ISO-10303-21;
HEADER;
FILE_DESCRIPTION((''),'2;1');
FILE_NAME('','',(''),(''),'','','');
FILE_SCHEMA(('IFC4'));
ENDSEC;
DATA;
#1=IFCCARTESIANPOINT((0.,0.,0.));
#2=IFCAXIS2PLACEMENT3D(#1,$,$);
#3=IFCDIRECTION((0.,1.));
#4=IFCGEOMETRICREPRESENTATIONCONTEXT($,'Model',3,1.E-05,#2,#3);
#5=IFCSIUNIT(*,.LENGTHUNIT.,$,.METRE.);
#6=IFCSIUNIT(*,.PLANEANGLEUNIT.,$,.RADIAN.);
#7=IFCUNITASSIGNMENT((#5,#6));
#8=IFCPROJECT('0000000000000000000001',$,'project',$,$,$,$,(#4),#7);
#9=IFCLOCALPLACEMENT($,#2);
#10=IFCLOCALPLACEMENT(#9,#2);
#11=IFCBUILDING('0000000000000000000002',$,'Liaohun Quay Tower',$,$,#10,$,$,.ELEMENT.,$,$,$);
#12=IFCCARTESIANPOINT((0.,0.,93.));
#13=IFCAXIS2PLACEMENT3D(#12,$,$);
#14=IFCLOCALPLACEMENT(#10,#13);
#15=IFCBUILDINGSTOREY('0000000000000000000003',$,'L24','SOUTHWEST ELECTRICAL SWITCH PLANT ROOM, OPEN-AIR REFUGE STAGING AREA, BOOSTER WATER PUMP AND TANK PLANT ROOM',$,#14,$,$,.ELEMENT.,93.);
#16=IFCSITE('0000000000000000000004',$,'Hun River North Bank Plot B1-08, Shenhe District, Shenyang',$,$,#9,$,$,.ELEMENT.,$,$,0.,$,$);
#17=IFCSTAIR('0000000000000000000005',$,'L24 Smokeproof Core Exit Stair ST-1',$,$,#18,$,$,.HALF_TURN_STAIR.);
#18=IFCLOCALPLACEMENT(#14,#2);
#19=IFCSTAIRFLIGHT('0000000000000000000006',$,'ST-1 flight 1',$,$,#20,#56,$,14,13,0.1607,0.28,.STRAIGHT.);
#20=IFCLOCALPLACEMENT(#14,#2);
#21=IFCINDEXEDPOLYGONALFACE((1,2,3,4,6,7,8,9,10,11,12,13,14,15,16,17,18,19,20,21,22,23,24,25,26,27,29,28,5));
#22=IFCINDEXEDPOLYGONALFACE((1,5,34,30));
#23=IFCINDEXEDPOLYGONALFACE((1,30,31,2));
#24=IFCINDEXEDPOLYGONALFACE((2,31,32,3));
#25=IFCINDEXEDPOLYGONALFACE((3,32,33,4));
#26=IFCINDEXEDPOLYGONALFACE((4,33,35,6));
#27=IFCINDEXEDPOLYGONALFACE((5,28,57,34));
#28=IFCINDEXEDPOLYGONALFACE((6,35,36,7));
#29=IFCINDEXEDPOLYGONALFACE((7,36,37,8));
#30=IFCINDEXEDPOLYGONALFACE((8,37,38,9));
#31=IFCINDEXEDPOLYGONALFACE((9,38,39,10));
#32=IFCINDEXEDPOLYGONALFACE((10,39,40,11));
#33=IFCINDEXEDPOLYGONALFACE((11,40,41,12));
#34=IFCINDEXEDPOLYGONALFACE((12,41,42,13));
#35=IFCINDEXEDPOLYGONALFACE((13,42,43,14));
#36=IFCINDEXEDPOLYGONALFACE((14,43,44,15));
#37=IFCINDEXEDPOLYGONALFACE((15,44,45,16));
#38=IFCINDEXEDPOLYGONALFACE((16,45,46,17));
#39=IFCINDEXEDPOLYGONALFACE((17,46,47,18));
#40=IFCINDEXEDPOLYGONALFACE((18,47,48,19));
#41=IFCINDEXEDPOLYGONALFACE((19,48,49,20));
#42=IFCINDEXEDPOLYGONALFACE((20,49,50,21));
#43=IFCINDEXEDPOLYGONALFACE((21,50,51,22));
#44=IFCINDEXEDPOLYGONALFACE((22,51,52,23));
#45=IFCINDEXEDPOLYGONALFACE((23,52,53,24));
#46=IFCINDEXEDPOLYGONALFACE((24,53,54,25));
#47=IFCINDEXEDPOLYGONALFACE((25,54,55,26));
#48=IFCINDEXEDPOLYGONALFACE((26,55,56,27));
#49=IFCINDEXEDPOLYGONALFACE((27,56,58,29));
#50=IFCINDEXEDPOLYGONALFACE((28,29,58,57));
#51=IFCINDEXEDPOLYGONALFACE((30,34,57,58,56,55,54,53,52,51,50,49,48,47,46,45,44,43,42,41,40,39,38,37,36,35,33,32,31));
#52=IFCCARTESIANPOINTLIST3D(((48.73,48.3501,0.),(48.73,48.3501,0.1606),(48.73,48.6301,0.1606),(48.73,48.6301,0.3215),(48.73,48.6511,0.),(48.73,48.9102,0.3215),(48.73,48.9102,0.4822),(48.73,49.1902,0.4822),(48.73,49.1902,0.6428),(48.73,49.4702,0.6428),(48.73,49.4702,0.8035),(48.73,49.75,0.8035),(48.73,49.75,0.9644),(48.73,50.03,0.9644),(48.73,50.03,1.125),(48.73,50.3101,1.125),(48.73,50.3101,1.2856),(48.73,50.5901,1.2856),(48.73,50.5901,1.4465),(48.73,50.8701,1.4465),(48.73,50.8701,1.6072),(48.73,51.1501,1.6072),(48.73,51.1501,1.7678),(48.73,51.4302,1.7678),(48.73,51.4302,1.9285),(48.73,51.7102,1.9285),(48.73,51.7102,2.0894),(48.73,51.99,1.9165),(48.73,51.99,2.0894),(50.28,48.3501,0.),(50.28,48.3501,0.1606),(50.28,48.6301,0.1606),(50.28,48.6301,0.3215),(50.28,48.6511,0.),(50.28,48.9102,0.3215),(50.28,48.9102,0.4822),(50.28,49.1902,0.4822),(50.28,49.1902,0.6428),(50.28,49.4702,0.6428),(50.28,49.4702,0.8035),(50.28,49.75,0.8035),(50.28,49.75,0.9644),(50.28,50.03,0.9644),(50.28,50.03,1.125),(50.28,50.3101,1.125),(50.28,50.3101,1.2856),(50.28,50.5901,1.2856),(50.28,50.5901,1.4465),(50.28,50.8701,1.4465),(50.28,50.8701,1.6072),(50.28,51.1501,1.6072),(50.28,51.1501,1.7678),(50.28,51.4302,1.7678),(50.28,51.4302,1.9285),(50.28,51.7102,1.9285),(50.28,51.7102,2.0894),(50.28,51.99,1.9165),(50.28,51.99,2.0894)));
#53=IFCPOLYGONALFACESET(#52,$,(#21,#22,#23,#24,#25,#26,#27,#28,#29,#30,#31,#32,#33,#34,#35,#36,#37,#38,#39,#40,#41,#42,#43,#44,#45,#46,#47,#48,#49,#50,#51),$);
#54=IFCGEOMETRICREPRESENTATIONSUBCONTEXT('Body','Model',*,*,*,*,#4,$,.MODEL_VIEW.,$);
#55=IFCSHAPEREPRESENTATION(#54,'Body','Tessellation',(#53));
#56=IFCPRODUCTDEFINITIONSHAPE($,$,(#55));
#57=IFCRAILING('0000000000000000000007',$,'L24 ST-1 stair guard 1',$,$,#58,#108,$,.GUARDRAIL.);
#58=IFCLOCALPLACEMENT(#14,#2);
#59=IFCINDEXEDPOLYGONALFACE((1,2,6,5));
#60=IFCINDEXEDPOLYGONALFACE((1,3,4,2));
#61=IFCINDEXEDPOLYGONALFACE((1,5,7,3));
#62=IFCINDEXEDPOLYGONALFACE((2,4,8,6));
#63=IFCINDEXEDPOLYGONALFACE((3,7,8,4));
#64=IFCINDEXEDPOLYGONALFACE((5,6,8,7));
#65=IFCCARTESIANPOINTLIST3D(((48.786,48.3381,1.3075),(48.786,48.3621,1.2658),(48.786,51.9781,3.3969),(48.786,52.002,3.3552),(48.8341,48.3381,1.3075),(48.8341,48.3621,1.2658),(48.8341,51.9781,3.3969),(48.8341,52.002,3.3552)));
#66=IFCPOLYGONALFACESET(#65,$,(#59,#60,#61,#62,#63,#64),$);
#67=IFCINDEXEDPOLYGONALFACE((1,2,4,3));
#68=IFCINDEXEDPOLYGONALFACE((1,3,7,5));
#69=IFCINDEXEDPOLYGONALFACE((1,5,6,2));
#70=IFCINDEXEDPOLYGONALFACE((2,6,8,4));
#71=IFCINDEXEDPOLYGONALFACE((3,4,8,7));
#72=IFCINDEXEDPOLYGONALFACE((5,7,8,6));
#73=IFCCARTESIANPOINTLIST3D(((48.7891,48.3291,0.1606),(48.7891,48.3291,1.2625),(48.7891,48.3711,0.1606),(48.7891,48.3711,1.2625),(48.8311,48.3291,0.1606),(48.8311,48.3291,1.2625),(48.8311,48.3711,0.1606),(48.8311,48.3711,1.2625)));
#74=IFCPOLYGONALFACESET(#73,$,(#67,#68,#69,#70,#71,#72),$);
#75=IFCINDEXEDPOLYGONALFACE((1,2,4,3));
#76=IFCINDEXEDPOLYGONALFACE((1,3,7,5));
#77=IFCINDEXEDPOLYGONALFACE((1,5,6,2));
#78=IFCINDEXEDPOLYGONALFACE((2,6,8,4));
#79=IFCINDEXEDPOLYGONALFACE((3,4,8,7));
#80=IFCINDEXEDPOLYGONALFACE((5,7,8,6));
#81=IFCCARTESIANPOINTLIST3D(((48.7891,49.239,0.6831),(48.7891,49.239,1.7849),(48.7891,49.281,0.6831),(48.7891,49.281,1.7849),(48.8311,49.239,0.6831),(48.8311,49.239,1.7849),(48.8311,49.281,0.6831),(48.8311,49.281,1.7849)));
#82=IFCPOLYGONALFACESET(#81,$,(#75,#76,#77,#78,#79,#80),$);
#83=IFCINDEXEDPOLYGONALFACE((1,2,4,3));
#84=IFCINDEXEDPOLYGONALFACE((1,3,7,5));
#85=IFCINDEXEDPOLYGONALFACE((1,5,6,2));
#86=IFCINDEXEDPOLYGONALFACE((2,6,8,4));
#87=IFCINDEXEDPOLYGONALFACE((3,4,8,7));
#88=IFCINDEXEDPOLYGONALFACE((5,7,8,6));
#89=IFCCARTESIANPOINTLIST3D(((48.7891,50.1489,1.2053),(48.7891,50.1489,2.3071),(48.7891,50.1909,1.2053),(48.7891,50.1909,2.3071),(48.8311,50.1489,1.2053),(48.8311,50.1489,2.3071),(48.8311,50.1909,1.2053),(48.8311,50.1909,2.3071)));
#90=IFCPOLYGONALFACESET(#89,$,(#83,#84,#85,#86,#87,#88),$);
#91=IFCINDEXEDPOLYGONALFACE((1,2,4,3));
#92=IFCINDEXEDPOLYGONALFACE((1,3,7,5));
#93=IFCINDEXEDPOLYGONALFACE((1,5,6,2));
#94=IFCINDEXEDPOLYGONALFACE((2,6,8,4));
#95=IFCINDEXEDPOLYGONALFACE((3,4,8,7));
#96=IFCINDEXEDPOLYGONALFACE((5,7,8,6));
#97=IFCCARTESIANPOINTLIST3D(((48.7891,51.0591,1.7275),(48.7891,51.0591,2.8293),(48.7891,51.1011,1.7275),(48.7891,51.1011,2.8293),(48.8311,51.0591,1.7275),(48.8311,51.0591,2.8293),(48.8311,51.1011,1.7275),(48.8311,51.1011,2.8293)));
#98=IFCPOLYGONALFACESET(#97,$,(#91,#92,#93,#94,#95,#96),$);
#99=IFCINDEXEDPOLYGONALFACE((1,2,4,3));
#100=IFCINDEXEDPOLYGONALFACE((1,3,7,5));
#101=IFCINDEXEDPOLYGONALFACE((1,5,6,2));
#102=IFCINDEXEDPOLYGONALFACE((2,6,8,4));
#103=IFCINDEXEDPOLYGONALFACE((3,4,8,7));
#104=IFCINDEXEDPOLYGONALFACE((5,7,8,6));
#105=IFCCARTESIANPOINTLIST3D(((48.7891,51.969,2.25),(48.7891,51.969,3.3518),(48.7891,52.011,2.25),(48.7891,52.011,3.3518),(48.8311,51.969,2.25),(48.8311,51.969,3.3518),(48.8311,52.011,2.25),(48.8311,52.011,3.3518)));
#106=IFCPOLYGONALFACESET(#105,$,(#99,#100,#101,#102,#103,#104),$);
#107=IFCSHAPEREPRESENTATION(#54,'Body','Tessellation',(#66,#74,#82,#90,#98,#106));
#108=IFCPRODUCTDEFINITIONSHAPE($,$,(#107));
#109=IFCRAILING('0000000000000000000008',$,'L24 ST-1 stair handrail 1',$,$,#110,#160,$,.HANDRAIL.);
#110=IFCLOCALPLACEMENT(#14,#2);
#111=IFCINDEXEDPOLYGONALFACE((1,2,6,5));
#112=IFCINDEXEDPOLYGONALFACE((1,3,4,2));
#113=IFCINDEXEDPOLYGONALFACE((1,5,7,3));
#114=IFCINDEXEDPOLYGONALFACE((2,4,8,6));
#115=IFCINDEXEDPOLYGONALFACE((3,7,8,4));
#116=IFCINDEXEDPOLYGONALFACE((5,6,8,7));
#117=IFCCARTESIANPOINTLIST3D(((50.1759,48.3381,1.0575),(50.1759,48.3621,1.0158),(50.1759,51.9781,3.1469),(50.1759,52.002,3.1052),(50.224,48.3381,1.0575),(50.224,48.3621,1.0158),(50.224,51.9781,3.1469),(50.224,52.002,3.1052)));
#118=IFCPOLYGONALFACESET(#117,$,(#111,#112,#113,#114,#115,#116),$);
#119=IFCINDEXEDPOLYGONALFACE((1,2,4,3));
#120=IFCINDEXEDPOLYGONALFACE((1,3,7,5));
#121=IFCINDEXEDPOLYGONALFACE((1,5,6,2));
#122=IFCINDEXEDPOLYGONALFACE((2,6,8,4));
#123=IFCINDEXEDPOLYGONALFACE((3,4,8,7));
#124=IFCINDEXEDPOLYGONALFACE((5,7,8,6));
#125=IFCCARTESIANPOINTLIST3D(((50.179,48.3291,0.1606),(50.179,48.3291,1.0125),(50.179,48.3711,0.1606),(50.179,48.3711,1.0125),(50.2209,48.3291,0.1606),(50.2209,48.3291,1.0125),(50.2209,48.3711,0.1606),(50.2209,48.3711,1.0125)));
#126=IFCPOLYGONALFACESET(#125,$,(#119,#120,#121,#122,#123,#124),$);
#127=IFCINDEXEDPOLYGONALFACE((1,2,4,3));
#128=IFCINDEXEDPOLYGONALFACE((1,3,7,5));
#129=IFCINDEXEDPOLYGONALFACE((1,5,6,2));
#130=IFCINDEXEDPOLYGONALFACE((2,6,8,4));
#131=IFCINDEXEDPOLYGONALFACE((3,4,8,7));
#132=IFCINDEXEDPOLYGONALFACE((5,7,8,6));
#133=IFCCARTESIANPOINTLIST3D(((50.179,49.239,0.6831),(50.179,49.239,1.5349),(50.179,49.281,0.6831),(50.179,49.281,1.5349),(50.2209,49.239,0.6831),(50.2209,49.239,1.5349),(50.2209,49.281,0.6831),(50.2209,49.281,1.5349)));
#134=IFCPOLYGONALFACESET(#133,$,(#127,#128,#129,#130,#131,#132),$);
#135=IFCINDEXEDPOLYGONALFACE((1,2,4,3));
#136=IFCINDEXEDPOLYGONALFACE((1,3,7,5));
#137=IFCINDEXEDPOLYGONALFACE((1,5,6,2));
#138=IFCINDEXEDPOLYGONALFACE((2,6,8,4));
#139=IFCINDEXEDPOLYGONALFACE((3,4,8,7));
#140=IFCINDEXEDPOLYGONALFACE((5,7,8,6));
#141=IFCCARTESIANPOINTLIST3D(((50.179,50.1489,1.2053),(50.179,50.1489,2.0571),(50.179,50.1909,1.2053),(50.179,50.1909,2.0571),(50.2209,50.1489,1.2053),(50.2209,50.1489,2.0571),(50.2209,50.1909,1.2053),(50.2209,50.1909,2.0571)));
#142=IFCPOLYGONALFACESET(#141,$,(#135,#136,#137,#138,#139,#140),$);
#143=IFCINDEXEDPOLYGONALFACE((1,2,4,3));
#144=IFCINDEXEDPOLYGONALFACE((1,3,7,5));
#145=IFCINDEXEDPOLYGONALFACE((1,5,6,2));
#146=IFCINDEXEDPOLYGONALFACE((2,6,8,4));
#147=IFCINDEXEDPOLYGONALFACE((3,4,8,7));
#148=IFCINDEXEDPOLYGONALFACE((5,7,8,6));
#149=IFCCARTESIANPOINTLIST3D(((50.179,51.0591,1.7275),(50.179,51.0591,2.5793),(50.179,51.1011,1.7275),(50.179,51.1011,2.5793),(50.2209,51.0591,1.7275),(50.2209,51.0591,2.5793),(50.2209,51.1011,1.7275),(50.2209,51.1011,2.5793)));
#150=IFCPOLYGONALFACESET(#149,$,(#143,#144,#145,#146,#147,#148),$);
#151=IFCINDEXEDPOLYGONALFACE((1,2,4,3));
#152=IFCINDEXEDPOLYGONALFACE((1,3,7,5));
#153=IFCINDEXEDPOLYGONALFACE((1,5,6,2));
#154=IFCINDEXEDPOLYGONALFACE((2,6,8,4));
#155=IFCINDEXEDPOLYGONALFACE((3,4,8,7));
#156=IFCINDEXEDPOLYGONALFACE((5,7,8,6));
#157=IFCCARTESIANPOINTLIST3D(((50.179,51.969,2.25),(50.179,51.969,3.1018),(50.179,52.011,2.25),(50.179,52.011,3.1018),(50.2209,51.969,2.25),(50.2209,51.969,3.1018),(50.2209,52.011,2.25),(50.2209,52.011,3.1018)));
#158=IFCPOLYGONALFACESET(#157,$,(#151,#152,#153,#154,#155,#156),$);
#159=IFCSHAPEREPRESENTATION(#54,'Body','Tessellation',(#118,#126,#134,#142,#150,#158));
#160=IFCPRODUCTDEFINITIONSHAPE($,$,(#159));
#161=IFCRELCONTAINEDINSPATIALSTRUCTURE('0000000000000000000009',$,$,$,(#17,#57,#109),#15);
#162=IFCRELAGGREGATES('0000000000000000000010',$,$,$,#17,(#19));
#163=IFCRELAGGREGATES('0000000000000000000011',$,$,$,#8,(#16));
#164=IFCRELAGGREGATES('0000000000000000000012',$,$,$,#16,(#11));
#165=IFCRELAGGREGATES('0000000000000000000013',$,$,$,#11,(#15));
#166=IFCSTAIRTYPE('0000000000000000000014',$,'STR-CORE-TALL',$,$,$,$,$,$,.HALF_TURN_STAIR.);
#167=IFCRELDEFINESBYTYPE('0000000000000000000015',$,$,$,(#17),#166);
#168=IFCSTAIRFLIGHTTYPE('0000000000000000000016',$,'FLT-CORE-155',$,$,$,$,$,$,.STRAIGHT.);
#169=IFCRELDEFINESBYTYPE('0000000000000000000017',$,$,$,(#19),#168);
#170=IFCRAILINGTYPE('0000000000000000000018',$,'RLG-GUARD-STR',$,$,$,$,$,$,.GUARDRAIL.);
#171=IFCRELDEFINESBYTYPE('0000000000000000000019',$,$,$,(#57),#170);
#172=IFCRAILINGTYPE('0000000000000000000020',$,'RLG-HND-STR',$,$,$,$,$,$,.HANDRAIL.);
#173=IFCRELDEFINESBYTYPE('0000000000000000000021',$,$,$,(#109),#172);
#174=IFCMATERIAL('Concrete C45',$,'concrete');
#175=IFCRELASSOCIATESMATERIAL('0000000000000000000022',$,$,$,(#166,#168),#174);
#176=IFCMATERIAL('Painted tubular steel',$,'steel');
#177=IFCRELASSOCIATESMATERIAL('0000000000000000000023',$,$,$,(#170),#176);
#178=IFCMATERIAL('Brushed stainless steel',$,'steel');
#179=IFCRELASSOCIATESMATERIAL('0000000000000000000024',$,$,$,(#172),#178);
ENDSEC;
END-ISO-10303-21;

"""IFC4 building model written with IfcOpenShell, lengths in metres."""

from ifc_helpers import new_model, si_unit, direction, frame, origin, origin_2d, place, context, subcontext, project, spatial, polyline, rectangle, outline, extrude, material, type_object, element, aggregate, save


model = new_model("IFC4")

# Units and contexts
model_context = context("Model", 3, precision=1e-05, world=origin(), true_north=direction((0.0, 1.0)))
body_context = subcontext(model_context, "Body", "Model", "MODEL_VIEW")
ifc_project = project(units=[si_unit("LENGTHUNIT", "METRE"), si_unit("PLANEANGLEUNIT", "RADIAN")], contexts=[model_context])

# Site, building, storey
site_placement = place(None, origin())
site = spatial("IfcSite", under=ifc_project, at=site_placement, Name="Hun River North Bank Plot B1-08, Shenhe District, Shenyang", CompositionType="ELEMENT", RefElevation=0.0)
building_placement = place(site_placement, origin())
building = spatial("IfcBuilding", under=site, at=building_placement, Name="Liaohun Quay Tower", CompositionType="ELEMENT")
storey_placement = place(building_placement, frame((0.0, 0.0, 93.0)))
storey = spatial("IfcBuildingStorey", under=building, at=storey_placement, Name="L24", Description="SOUTHWEST ELECTRICAL SWITCH PLANT ROOM, OPEN-AIR REFUGE STAGING AREA, BOOSTER WATER PUMP AND TANK PLANT ROOM", CompositionType="ELEMENT", Elevation=93.0)

# Stair, stair flight
ifc_material_1 = material(Name="Concrete C45", Category="concrete")
stair_type = type_object("IfcStairType", Name="STR-CORE-TALL", PredefinedType="HALF_TURN_STAIR", material=ifc_material_1)
stair_placement = place(storey_placement, origin())
stair = element("IfcStair", 1, at=stair_placement, inside=storey, type_object=stair_type, Name="L24 Smokeproof Core Exit Stair ST-1", PredefinedType="HALF_TURN_STAIR")
stair_flight_type = type_object("IfcStairFlightType", Name="FLT-CORE-155", PredefinedType="STRAIGHT", material=ifc_material_1)
stair_flight_placement = place(storey_placement, frame((49.5049, 48.3501, 0.0), z_axis=(0.0, 0.0, 1.0), x_axis=(0.0, 1.0, 0.0)))
stair_flight = element("IfcStairFlight", 2, at=stair_flight_placement, type_object=stair_flight_type, Name="ST-1 flight 1", NumberOfRisers=14, NumberOfTreads=13, PredefinedType="STRAIGHT", RiserHeight=0.1607, TreadLength=0.28, context=body_context, shape_type="SweptSolid", body=[
    extrude(outline(polyline([(0.0, 0.0), (0.0, 0.1606), (0.28, 0.1606), (0.28, 0.3215), (0.5601, 0.3215), (0.5601, 0.4822), (0.8401, 0.4822), (0.8401, 0.6428), (1.1201, 0.6428), (1.1201, 0.8035), (1.3999, 0.8035), (1.3999, 0.9644), (1.6799, 0.9644), (1.6799, 1.125), (1.96, 1.125), (1.96, 1.2856), (2.24, 1.2856), (2.24, 1.4465), (2.52, 1.4465), (2.52, 1.6072), (2.8, 1.6072), (2.8, 1.7678), (3.0801, 1.7678), (3.0801, 1.9285), (3.3601, 1.9285), (3.3601, 2.0894), (3.6399, 2.0894), (3.6399, 2.25), (3.6399, 1.9165), (0.301, 0.0), (0.0, 0.0)])), frame((0.0, 0.7749, 0.0), z_axis=(0.0, -1.0, 0.0), x_axis=(1.0, 0.0, 0.0)), (0.0, 0.0, 1.0), 1.55),
])
aggregate(stair, [stair_flight])

# Railings
ifc_material_2 = material(Name="Painted tubular steel", Category="steel")
railing_type_1 = type_object("IfcRailingType", Name="RLG-GUARD-STR", PredefinedType="GUARDRAIL", material=ifc_material_2)
railing_1_placement = place(storey_placement, frame((48.8101, 48.3501, 0.1606)))
element("IfcRailing", 3, at=railing_1_placement, inside=storey, type_object=railing_type_1, Name="L24 ST-1 stair guard 1", PredefinedType="GUARDRAIL", context=body_context, shape_type="SweptSolid", body=[
    extrude(rectangle(XDim=0.0481, YDim=0.0481, at=origin_2d()), frame((0.0, 0.0, 1.126), z_axis=(0.0, 0.867275, 0.497829), x_axis=(-1.0, 0.0, 0.0)), (0.0, 0.0, 1.0), 4.197),
    extrude(rectangle(XDim=0.042, YDim=0.042, at=origin_2d()), origin(), (0.0, 0.0, 1.0), 1.1018),
    extrude(rectangle(XDim=0.042, YDim=0.042, at=origin_2d()), frame((0.0, 0.9099, 0.5225)), (0.0, 0.0, 1.0), 1.1018),
    extrude(rectangle(XDim=0.042, YDim=0.042, at=origin_2d()), frame((0.0, 1.8198, 1.0447)), (0.0, 0.0, 1.0), 1.1018),
    extrude(rectangle(XDim=0.042, YDim=0.042, at=origin_2d()), frame((0.0, 2.73, 1.5669)), (0.0, 0.0, 1.0), 1.1018),
    extrude(rectangle(XDim=0.042, YDim=0.042, at=origin_2d()), frame((0.0, 3.6399, 2.0894)), (0.0, 0.0, 1.0), 1.1018),
])
ifc_material_3 = material(Name="Brushed stainless steel", Category="steel")
railing_type_2 = type_object("IfcRailingType", Name="RLG-HND-STR", PredefinedType="HANDRAIL", material=ifc_material_3)
railing_2_placement = place(storey_placement, frame((50.2, 48.3501, 0.1606)))
element("IfcRailing", 4, at=railing_2_placement, inside=storey, type_object=railing_type_2, Name="L24 ST-1 stair handrail 1", PredefinedType="HANDRAIL", context=body_context, shape_type="SweptSolid", body=[
    extrude(rectangle(XDim=0.0481, YDim=0.0481, at=origin_2d()), frame((0.0, 0.0, 0.876), z_axis=(0.0, 0.867275, 0.497829), x_axis=(-1.0, 0.0, 0.0)), (0.0, 0.0, 1.0), 4.197),
    extrude(rectangle(XDim=0.042, YDim=0.042, at=origin_2d()), origin(), (0.0, 0.0, 1.0), 0.8518),
    extrude(rectangle(XDim=0.042, YDim=0.042, at=origin_2d()), frame((0.0, 0.9099, 0.5225)), (0.0, 0.0, 1.0), 0.8518),
    extrude(rectangle(XDim=0.042, YDim=0.042, at=origin_2d()), frame((0.0, 1.8198, 1.0447)), (0.0, 0.0, 1.0), 0.8518),
    extrude(rectangle(XDim=0.042, YDim=0.042, at=origin_2d()), frame((0.0, 2.73, 1.5669)), (0.0, 0.0, 1.0), 0.8518),
    extrude(rectangle(XDim=0.042, YDim=0.042, at=origin_2d()), frame((0.0, 3.6399, 2.0894)), (0.0, 0.0, 1.0), 0.8518),
])

save(model, "model.ifc")
